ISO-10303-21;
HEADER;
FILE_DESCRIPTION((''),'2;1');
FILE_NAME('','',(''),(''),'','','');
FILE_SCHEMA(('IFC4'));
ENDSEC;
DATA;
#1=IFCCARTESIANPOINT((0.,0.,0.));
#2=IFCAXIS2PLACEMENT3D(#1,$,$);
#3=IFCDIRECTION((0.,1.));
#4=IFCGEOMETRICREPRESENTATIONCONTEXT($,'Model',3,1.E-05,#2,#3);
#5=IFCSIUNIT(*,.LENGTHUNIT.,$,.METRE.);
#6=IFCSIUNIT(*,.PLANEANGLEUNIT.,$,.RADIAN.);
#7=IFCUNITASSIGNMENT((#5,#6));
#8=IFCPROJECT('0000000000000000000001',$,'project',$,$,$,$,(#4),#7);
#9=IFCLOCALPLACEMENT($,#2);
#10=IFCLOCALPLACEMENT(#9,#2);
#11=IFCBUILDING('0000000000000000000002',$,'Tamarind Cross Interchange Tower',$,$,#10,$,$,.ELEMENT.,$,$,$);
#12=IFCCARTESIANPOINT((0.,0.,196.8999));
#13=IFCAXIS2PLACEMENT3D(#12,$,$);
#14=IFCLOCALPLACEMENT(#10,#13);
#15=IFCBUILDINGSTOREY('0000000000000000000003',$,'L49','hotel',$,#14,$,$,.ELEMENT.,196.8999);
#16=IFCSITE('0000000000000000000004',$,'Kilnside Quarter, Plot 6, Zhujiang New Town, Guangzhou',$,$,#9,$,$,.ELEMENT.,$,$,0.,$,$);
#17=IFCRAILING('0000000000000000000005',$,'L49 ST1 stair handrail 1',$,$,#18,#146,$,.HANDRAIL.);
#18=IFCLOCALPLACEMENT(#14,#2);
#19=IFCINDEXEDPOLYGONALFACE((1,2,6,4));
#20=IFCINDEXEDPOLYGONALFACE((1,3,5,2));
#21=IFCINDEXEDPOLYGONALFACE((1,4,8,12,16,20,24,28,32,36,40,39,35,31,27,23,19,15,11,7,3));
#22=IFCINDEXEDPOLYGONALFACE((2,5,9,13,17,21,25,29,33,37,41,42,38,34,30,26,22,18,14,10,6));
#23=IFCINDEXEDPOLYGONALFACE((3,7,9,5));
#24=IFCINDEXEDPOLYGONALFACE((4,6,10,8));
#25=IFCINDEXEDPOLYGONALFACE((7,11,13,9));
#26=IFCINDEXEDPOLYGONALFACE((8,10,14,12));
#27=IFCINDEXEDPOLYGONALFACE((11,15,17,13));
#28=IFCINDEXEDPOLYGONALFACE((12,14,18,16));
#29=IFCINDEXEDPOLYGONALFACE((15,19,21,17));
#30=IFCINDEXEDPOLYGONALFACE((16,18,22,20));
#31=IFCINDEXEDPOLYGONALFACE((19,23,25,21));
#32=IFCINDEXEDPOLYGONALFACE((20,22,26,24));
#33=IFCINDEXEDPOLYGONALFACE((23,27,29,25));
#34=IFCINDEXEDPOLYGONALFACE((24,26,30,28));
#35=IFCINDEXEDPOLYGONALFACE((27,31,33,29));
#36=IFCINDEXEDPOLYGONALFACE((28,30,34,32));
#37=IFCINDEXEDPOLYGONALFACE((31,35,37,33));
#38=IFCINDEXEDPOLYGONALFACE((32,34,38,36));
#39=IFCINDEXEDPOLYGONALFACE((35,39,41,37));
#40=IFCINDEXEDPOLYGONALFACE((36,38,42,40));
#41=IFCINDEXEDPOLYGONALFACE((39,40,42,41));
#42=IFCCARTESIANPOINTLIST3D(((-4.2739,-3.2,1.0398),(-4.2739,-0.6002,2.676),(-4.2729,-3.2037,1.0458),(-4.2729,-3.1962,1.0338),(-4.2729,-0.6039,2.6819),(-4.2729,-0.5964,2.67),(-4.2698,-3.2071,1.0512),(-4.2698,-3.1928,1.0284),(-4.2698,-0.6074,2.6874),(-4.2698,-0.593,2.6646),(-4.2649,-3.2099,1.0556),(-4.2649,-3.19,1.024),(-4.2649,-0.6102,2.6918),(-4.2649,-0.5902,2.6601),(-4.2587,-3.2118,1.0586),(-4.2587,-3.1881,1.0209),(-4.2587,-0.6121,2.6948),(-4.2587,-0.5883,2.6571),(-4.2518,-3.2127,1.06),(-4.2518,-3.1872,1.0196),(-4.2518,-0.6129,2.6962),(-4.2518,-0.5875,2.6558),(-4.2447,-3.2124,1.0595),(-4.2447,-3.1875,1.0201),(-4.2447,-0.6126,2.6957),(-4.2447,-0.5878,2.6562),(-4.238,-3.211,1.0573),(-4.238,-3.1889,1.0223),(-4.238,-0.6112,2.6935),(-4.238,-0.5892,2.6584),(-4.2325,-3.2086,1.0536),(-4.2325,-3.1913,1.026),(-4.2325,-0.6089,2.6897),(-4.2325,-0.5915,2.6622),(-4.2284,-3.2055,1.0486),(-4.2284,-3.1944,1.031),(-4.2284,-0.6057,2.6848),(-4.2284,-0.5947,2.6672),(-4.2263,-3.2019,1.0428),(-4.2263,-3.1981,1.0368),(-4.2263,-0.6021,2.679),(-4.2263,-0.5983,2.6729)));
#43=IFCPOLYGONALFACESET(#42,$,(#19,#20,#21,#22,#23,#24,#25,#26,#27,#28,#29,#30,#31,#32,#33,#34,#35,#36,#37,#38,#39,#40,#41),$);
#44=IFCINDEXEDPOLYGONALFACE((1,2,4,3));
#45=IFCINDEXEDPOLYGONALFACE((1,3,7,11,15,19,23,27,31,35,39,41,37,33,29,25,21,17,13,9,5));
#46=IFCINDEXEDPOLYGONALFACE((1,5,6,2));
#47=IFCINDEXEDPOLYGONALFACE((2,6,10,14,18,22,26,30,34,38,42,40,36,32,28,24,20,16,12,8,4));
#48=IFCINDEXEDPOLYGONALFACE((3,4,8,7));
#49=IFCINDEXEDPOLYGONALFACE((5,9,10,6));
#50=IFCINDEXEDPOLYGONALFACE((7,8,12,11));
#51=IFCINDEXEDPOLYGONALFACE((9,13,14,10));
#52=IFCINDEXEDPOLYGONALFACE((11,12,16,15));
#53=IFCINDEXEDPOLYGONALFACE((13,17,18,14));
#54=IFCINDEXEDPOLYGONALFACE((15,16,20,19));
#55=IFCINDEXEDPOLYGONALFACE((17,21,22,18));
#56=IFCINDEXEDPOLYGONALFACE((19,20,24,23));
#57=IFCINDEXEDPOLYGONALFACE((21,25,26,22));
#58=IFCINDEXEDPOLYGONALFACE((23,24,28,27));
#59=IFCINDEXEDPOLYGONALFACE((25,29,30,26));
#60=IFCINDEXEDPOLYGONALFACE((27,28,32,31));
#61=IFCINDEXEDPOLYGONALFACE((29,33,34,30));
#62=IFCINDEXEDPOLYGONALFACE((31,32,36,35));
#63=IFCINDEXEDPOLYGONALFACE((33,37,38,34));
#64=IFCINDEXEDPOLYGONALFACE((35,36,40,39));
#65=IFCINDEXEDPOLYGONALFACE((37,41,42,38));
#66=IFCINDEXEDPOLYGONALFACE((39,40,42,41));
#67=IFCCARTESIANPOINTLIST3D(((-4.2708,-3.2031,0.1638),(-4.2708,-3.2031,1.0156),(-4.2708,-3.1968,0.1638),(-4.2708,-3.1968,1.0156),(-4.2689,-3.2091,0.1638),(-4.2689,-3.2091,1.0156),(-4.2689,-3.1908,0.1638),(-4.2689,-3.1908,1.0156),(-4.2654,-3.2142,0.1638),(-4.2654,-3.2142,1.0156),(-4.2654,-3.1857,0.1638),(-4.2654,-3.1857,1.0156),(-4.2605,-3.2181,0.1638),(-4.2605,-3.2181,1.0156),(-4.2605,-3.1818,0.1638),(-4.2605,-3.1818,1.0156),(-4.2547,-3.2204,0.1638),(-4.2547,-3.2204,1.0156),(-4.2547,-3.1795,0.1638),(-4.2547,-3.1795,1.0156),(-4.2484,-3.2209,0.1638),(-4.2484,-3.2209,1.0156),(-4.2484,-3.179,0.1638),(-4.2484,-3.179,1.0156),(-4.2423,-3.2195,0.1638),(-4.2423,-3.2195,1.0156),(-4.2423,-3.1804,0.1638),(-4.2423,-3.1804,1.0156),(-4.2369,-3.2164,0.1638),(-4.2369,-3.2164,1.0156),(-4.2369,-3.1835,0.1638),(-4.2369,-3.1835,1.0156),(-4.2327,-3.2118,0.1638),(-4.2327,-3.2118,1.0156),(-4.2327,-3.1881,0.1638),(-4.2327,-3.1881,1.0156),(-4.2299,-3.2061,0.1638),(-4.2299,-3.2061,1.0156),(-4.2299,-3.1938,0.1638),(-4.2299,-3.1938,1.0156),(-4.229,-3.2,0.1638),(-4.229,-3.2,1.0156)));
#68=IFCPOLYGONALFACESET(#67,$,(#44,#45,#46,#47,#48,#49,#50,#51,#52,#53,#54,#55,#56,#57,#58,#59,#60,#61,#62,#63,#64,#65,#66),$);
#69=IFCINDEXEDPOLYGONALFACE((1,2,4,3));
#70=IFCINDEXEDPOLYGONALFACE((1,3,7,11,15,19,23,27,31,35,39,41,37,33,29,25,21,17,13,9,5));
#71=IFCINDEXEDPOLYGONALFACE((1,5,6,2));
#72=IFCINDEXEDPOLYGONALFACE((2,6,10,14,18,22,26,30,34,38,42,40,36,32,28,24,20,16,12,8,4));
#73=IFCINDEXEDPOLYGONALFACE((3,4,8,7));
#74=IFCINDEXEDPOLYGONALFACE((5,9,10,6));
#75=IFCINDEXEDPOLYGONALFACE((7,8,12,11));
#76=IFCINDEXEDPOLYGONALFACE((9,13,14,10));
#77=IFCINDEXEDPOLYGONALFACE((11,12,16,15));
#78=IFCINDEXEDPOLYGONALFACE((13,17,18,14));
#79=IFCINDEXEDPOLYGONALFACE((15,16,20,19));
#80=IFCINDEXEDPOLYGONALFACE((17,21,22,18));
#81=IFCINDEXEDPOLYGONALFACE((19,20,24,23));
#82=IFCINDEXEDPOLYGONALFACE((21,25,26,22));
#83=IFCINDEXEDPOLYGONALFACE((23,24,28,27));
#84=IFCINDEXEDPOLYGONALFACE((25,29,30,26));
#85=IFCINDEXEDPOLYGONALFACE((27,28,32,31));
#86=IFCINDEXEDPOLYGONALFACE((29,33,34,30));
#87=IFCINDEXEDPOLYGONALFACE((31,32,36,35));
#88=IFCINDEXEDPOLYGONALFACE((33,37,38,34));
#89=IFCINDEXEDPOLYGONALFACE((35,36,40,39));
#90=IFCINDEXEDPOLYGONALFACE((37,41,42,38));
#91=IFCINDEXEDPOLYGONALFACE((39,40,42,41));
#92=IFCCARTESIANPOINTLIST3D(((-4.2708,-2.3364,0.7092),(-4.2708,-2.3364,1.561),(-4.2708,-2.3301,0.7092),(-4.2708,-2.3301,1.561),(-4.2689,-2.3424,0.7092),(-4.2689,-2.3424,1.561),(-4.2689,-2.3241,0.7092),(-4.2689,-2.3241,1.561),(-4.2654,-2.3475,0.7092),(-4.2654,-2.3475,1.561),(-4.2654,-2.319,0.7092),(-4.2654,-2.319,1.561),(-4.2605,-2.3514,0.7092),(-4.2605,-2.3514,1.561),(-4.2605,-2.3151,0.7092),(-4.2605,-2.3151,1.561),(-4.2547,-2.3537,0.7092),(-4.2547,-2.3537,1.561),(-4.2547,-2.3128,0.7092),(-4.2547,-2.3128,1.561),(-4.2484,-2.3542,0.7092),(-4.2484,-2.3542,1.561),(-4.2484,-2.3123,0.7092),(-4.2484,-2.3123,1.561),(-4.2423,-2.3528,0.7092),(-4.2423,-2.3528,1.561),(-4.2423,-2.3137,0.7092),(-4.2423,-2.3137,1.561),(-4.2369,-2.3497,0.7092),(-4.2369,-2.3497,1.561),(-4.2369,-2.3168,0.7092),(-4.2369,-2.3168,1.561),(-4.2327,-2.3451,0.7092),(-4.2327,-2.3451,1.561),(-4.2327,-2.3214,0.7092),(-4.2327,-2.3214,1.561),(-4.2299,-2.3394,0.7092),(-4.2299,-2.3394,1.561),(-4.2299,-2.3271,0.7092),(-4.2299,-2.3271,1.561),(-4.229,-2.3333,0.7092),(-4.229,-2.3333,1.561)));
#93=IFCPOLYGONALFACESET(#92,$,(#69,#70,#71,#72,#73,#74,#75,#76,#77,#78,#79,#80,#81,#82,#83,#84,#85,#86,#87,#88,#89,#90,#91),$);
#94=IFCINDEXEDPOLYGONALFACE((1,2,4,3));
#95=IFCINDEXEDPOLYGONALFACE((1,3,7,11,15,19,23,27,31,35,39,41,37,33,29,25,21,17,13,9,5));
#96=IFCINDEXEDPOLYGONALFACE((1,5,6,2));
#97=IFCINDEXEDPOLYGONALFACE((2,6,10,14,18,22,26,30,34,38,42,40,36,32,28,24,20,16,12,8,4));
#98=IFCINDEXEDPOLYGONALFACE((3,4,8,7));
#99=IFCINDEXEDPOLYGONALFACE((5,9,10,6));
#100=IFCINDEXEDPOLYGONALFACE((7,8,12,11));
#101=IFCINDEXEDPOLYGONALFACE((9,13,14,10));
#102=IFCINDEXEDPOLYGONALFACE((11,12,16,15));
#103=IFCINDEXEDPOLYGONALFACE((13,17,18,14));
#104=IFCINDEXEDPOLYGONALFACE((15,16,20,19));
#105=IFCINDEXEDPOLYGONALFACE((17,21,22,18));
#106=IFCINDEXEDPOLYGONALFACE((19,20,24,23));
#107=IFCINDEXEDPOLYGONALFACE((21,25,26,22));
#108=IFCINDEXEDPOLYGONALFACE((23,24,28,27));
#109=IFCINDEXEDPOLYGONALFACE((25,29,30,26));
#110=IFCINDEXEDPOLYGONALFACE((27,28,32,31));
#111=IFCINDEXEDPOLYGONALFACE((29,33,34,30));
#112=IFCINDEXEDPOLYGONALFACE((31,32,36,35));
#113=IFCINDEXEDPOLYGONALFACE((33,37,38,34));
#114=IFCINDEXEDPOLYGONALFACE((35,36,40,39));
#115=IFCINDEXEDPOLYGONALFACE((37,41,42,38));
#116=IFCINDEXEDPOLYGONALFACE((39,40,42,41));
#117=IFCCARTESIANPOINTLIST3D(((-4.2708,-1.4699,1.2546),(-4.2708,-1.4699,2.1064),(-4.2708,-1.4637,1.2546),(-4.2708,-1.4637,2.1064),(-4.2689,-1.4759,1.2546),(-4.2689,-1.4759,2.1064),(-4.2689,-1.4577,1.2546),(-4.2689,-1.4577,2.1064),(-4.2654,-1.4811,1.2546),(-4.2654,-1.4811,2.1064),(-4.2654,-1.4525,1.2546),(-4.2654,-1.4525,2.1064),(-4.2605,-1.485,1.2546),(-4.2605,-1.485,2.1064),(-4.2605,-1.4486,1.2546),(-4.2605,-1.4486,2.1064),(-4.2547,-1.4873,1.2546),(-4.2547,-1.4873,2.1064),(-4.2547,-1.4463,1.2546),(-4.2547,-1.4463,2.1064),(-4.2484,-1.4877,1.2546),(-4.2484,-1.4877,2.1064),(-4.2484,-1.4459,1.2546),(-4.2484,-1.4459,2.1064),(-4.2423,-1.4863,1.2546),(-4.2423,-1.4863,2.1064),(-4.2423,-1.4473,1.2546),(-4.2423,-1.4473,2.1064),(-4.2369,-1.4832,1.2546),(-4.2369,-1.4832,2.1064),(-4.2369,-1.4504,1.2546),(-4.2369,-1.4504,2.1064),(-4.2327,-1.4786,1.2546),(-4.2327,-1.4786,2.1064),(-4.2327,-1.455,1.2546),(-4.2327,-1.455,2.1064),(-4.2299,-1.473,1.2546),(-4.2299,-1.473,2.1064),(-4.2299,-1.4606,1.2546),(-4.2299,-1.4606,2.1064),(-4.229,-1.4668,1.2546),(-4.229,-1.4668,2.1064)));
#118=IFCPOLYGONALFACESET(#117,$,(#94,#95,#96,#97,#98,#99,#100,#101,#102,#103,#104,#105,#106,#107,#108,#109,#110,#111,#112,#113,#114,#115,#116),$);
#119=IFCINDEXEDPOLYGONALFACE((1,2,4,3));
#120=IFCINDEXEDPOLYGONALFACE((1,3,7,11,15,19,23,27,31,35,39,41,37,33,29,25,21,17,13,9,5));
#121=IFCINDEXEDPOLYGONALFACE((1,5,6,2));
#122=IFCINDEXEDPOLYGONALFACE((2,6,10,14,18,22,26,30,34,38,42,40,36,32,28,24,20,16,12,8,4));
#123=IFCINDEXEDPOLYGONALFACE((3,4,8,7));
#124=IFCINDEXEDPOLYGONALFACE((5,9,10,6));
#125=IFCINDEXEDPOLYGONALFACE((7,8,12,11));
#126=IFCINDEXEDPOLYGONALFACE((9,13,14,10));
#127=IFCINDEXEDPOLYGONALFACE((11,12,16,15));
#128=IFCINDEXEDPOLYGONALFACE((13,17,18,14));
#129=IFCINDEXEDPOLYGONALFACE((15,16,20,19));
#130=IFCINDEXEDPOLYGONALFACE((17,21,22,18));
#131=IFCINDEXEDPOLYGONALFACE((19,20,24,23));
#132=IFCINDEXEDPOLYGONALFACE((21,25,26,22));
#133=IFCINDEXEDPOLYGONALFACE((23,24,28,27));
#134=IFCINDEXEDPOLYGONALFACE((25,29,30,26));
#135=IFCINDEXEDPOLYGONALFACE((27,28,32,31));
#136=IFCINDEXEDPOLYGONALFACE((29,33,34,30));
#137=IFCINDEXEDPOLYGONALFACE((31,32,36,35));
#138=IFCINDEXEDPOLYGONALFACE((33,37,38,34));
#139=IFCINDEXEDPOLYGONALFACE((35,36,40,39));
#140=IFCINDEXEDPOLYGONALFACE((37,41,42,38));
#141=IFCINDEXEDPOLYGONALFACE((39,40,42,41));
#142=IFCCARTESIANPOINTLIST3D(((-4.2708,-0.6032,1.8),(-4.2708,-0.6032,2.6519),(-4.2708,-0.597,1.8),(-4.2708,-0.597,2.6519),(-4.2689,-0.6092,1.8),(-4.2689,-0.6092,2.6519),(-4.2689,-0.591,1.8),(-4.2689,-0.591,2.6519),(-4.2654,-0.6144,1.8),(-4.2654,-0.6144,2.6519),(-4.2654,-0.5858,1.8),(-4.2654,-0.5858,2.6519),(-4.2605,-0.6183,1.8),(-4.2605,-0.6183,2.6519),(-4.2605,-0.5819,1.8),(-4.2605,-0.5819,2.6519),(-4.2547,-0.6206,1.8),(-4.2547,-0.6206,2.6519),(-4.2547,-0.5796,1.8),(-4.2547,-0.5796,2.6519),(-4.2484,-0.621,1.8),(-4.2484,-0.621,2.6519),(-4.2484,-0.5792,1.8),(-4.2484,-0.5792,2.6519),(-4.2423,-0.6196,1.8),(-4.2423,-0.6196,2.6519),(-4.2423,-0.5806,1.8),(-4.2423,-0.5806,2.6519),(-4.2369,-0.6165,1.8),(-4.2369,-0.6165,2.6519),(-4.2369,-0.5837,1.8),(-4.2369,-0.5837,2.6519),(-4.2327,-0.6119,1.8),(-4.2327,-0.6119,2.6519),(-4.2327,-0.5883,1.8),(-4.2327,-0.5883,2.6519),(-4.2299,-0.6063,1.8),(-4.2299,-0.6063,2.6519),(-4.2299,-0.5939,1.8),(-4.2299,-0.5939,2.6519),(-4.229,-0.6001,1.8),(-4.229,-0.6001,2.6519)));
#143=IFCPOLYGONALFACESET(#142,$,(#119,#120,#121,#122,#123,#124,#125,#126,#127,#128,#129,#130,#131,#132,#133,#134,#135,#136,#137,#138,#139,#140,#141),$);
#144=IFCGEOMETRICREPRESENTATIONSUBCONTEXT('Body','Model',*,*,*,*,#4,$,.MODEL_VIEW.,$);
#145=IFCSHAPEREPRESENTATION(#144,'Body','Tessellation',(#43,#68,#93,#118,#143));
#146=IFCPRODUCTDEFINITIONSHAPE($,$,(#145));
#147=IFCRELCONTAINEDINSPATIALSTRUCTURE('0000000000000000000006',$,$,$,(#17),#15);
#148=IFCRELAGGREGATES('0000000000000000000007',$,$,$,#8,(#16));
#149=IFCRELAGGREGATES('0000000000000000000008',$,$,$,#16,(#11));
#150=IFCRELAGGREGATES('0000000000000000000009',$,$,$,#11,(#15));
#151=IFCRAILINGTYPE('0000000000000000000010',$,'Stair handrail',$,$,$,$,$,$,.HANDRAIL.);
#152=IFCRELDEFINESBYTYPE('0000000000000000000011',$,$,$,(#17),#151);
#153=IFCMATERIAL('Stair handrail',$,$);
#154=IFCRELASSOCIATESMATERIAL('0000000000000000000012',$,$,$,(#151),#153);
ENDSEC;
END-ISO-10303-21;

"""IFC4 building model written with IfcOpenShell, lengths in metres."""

from ifc_helpers import new_model, si_unit, direction, frame, origin, origin_2d, place, context, subcontext, project, spatial, circle, extrude, material, type_object, element, save


model = new_model("IFC4")

# Units and contexts
model_context = context("Model", 3, precision=1e-05, world=origin(), true_north=direction((0.0, 1.0)))
body_context = subcontext(model_context, "Body", "Model", "MODEL_VIEW")
ifc_project = project(units=[si_unit("LENGTHUNIT", "METRE"), si_unit("PLANEANGLEUNIT", "RADIAN")], contexts=[model_context])

# Site, building, storey
site_placement = place(None, origin())
site = spatial("IfcSite", under=ifc_project, at=site_placement, Name="Kilnside Quarter, Plot 6, Zhujiang New Town, Guangzhou", CompositionType="ELEMENT", RefElevation=0.0)
building_placement = place(site_placement, origin())
building = spatial("IfcBuilding", under=site, at=building_placement, Name="Tamarind Cross Interchange Tower", CompositionType="ELEMENT")
storey_placement = place(building_placement, frame((0.0, 0.0, 196.8999)))
storey = spatial("IfcBuildingStorey", under=building, at=storey_placement, Name="L49", Description="hotel", CompositionType="ELEMENT", Elevation=196.8999)

# Railing
ifc_material_1 = material(Name="Stair handrail")
railing_type_1 = type_object("IfcRailingType", Name="Stair handrail", PredefinedType="HANDRAIL", material=ifc_material_1)
railing_1_placement = place(storey_placement, frame((-4.25, -3.2, 0.1638)))
element("IfcRailing", 1, at=railing_1_placement, inside=storey, type_object=railing_type_1, Name="L49 ST1 stair handrail 1", PredefinedType="HANDRAIL", context=body_context, shape_type="SweptSolid", body=[
    extrude(circle(Radius=0.0239, at=origin_2d()), frame((0.0, 0.0, 0.876), z_axis=(0.0, 0.846338, 0.532647), x_axis=(-1.0, 0.0, 0.0)), (0.0, 0.0, 1.0), 3.0718),
    extrude(circle(Radius=0.021, at=origin_2d()), origin(), (0.0, 0.0, 1.0), 0.8518),
    extrude(circle(Radius=0.021, at=origin_2d()), frame((0.0, 0.8667, 0.5454)), (0.0, 0.0, 1.0), 0.8518),
    extrude(circle(Radius=0.021, at=origin_2d()), frame((0.0, 1.7332, 1.0908)), (0.0, 0.0, 1.0), 0.8518),
    extrude(circle(Radius=0.021, at=origin_2d()), frame((0.0, 2.5999, 1.6362)), (0.0, 0.0, 1.0), 0.8518),
])

save(model, "model.ifc")
